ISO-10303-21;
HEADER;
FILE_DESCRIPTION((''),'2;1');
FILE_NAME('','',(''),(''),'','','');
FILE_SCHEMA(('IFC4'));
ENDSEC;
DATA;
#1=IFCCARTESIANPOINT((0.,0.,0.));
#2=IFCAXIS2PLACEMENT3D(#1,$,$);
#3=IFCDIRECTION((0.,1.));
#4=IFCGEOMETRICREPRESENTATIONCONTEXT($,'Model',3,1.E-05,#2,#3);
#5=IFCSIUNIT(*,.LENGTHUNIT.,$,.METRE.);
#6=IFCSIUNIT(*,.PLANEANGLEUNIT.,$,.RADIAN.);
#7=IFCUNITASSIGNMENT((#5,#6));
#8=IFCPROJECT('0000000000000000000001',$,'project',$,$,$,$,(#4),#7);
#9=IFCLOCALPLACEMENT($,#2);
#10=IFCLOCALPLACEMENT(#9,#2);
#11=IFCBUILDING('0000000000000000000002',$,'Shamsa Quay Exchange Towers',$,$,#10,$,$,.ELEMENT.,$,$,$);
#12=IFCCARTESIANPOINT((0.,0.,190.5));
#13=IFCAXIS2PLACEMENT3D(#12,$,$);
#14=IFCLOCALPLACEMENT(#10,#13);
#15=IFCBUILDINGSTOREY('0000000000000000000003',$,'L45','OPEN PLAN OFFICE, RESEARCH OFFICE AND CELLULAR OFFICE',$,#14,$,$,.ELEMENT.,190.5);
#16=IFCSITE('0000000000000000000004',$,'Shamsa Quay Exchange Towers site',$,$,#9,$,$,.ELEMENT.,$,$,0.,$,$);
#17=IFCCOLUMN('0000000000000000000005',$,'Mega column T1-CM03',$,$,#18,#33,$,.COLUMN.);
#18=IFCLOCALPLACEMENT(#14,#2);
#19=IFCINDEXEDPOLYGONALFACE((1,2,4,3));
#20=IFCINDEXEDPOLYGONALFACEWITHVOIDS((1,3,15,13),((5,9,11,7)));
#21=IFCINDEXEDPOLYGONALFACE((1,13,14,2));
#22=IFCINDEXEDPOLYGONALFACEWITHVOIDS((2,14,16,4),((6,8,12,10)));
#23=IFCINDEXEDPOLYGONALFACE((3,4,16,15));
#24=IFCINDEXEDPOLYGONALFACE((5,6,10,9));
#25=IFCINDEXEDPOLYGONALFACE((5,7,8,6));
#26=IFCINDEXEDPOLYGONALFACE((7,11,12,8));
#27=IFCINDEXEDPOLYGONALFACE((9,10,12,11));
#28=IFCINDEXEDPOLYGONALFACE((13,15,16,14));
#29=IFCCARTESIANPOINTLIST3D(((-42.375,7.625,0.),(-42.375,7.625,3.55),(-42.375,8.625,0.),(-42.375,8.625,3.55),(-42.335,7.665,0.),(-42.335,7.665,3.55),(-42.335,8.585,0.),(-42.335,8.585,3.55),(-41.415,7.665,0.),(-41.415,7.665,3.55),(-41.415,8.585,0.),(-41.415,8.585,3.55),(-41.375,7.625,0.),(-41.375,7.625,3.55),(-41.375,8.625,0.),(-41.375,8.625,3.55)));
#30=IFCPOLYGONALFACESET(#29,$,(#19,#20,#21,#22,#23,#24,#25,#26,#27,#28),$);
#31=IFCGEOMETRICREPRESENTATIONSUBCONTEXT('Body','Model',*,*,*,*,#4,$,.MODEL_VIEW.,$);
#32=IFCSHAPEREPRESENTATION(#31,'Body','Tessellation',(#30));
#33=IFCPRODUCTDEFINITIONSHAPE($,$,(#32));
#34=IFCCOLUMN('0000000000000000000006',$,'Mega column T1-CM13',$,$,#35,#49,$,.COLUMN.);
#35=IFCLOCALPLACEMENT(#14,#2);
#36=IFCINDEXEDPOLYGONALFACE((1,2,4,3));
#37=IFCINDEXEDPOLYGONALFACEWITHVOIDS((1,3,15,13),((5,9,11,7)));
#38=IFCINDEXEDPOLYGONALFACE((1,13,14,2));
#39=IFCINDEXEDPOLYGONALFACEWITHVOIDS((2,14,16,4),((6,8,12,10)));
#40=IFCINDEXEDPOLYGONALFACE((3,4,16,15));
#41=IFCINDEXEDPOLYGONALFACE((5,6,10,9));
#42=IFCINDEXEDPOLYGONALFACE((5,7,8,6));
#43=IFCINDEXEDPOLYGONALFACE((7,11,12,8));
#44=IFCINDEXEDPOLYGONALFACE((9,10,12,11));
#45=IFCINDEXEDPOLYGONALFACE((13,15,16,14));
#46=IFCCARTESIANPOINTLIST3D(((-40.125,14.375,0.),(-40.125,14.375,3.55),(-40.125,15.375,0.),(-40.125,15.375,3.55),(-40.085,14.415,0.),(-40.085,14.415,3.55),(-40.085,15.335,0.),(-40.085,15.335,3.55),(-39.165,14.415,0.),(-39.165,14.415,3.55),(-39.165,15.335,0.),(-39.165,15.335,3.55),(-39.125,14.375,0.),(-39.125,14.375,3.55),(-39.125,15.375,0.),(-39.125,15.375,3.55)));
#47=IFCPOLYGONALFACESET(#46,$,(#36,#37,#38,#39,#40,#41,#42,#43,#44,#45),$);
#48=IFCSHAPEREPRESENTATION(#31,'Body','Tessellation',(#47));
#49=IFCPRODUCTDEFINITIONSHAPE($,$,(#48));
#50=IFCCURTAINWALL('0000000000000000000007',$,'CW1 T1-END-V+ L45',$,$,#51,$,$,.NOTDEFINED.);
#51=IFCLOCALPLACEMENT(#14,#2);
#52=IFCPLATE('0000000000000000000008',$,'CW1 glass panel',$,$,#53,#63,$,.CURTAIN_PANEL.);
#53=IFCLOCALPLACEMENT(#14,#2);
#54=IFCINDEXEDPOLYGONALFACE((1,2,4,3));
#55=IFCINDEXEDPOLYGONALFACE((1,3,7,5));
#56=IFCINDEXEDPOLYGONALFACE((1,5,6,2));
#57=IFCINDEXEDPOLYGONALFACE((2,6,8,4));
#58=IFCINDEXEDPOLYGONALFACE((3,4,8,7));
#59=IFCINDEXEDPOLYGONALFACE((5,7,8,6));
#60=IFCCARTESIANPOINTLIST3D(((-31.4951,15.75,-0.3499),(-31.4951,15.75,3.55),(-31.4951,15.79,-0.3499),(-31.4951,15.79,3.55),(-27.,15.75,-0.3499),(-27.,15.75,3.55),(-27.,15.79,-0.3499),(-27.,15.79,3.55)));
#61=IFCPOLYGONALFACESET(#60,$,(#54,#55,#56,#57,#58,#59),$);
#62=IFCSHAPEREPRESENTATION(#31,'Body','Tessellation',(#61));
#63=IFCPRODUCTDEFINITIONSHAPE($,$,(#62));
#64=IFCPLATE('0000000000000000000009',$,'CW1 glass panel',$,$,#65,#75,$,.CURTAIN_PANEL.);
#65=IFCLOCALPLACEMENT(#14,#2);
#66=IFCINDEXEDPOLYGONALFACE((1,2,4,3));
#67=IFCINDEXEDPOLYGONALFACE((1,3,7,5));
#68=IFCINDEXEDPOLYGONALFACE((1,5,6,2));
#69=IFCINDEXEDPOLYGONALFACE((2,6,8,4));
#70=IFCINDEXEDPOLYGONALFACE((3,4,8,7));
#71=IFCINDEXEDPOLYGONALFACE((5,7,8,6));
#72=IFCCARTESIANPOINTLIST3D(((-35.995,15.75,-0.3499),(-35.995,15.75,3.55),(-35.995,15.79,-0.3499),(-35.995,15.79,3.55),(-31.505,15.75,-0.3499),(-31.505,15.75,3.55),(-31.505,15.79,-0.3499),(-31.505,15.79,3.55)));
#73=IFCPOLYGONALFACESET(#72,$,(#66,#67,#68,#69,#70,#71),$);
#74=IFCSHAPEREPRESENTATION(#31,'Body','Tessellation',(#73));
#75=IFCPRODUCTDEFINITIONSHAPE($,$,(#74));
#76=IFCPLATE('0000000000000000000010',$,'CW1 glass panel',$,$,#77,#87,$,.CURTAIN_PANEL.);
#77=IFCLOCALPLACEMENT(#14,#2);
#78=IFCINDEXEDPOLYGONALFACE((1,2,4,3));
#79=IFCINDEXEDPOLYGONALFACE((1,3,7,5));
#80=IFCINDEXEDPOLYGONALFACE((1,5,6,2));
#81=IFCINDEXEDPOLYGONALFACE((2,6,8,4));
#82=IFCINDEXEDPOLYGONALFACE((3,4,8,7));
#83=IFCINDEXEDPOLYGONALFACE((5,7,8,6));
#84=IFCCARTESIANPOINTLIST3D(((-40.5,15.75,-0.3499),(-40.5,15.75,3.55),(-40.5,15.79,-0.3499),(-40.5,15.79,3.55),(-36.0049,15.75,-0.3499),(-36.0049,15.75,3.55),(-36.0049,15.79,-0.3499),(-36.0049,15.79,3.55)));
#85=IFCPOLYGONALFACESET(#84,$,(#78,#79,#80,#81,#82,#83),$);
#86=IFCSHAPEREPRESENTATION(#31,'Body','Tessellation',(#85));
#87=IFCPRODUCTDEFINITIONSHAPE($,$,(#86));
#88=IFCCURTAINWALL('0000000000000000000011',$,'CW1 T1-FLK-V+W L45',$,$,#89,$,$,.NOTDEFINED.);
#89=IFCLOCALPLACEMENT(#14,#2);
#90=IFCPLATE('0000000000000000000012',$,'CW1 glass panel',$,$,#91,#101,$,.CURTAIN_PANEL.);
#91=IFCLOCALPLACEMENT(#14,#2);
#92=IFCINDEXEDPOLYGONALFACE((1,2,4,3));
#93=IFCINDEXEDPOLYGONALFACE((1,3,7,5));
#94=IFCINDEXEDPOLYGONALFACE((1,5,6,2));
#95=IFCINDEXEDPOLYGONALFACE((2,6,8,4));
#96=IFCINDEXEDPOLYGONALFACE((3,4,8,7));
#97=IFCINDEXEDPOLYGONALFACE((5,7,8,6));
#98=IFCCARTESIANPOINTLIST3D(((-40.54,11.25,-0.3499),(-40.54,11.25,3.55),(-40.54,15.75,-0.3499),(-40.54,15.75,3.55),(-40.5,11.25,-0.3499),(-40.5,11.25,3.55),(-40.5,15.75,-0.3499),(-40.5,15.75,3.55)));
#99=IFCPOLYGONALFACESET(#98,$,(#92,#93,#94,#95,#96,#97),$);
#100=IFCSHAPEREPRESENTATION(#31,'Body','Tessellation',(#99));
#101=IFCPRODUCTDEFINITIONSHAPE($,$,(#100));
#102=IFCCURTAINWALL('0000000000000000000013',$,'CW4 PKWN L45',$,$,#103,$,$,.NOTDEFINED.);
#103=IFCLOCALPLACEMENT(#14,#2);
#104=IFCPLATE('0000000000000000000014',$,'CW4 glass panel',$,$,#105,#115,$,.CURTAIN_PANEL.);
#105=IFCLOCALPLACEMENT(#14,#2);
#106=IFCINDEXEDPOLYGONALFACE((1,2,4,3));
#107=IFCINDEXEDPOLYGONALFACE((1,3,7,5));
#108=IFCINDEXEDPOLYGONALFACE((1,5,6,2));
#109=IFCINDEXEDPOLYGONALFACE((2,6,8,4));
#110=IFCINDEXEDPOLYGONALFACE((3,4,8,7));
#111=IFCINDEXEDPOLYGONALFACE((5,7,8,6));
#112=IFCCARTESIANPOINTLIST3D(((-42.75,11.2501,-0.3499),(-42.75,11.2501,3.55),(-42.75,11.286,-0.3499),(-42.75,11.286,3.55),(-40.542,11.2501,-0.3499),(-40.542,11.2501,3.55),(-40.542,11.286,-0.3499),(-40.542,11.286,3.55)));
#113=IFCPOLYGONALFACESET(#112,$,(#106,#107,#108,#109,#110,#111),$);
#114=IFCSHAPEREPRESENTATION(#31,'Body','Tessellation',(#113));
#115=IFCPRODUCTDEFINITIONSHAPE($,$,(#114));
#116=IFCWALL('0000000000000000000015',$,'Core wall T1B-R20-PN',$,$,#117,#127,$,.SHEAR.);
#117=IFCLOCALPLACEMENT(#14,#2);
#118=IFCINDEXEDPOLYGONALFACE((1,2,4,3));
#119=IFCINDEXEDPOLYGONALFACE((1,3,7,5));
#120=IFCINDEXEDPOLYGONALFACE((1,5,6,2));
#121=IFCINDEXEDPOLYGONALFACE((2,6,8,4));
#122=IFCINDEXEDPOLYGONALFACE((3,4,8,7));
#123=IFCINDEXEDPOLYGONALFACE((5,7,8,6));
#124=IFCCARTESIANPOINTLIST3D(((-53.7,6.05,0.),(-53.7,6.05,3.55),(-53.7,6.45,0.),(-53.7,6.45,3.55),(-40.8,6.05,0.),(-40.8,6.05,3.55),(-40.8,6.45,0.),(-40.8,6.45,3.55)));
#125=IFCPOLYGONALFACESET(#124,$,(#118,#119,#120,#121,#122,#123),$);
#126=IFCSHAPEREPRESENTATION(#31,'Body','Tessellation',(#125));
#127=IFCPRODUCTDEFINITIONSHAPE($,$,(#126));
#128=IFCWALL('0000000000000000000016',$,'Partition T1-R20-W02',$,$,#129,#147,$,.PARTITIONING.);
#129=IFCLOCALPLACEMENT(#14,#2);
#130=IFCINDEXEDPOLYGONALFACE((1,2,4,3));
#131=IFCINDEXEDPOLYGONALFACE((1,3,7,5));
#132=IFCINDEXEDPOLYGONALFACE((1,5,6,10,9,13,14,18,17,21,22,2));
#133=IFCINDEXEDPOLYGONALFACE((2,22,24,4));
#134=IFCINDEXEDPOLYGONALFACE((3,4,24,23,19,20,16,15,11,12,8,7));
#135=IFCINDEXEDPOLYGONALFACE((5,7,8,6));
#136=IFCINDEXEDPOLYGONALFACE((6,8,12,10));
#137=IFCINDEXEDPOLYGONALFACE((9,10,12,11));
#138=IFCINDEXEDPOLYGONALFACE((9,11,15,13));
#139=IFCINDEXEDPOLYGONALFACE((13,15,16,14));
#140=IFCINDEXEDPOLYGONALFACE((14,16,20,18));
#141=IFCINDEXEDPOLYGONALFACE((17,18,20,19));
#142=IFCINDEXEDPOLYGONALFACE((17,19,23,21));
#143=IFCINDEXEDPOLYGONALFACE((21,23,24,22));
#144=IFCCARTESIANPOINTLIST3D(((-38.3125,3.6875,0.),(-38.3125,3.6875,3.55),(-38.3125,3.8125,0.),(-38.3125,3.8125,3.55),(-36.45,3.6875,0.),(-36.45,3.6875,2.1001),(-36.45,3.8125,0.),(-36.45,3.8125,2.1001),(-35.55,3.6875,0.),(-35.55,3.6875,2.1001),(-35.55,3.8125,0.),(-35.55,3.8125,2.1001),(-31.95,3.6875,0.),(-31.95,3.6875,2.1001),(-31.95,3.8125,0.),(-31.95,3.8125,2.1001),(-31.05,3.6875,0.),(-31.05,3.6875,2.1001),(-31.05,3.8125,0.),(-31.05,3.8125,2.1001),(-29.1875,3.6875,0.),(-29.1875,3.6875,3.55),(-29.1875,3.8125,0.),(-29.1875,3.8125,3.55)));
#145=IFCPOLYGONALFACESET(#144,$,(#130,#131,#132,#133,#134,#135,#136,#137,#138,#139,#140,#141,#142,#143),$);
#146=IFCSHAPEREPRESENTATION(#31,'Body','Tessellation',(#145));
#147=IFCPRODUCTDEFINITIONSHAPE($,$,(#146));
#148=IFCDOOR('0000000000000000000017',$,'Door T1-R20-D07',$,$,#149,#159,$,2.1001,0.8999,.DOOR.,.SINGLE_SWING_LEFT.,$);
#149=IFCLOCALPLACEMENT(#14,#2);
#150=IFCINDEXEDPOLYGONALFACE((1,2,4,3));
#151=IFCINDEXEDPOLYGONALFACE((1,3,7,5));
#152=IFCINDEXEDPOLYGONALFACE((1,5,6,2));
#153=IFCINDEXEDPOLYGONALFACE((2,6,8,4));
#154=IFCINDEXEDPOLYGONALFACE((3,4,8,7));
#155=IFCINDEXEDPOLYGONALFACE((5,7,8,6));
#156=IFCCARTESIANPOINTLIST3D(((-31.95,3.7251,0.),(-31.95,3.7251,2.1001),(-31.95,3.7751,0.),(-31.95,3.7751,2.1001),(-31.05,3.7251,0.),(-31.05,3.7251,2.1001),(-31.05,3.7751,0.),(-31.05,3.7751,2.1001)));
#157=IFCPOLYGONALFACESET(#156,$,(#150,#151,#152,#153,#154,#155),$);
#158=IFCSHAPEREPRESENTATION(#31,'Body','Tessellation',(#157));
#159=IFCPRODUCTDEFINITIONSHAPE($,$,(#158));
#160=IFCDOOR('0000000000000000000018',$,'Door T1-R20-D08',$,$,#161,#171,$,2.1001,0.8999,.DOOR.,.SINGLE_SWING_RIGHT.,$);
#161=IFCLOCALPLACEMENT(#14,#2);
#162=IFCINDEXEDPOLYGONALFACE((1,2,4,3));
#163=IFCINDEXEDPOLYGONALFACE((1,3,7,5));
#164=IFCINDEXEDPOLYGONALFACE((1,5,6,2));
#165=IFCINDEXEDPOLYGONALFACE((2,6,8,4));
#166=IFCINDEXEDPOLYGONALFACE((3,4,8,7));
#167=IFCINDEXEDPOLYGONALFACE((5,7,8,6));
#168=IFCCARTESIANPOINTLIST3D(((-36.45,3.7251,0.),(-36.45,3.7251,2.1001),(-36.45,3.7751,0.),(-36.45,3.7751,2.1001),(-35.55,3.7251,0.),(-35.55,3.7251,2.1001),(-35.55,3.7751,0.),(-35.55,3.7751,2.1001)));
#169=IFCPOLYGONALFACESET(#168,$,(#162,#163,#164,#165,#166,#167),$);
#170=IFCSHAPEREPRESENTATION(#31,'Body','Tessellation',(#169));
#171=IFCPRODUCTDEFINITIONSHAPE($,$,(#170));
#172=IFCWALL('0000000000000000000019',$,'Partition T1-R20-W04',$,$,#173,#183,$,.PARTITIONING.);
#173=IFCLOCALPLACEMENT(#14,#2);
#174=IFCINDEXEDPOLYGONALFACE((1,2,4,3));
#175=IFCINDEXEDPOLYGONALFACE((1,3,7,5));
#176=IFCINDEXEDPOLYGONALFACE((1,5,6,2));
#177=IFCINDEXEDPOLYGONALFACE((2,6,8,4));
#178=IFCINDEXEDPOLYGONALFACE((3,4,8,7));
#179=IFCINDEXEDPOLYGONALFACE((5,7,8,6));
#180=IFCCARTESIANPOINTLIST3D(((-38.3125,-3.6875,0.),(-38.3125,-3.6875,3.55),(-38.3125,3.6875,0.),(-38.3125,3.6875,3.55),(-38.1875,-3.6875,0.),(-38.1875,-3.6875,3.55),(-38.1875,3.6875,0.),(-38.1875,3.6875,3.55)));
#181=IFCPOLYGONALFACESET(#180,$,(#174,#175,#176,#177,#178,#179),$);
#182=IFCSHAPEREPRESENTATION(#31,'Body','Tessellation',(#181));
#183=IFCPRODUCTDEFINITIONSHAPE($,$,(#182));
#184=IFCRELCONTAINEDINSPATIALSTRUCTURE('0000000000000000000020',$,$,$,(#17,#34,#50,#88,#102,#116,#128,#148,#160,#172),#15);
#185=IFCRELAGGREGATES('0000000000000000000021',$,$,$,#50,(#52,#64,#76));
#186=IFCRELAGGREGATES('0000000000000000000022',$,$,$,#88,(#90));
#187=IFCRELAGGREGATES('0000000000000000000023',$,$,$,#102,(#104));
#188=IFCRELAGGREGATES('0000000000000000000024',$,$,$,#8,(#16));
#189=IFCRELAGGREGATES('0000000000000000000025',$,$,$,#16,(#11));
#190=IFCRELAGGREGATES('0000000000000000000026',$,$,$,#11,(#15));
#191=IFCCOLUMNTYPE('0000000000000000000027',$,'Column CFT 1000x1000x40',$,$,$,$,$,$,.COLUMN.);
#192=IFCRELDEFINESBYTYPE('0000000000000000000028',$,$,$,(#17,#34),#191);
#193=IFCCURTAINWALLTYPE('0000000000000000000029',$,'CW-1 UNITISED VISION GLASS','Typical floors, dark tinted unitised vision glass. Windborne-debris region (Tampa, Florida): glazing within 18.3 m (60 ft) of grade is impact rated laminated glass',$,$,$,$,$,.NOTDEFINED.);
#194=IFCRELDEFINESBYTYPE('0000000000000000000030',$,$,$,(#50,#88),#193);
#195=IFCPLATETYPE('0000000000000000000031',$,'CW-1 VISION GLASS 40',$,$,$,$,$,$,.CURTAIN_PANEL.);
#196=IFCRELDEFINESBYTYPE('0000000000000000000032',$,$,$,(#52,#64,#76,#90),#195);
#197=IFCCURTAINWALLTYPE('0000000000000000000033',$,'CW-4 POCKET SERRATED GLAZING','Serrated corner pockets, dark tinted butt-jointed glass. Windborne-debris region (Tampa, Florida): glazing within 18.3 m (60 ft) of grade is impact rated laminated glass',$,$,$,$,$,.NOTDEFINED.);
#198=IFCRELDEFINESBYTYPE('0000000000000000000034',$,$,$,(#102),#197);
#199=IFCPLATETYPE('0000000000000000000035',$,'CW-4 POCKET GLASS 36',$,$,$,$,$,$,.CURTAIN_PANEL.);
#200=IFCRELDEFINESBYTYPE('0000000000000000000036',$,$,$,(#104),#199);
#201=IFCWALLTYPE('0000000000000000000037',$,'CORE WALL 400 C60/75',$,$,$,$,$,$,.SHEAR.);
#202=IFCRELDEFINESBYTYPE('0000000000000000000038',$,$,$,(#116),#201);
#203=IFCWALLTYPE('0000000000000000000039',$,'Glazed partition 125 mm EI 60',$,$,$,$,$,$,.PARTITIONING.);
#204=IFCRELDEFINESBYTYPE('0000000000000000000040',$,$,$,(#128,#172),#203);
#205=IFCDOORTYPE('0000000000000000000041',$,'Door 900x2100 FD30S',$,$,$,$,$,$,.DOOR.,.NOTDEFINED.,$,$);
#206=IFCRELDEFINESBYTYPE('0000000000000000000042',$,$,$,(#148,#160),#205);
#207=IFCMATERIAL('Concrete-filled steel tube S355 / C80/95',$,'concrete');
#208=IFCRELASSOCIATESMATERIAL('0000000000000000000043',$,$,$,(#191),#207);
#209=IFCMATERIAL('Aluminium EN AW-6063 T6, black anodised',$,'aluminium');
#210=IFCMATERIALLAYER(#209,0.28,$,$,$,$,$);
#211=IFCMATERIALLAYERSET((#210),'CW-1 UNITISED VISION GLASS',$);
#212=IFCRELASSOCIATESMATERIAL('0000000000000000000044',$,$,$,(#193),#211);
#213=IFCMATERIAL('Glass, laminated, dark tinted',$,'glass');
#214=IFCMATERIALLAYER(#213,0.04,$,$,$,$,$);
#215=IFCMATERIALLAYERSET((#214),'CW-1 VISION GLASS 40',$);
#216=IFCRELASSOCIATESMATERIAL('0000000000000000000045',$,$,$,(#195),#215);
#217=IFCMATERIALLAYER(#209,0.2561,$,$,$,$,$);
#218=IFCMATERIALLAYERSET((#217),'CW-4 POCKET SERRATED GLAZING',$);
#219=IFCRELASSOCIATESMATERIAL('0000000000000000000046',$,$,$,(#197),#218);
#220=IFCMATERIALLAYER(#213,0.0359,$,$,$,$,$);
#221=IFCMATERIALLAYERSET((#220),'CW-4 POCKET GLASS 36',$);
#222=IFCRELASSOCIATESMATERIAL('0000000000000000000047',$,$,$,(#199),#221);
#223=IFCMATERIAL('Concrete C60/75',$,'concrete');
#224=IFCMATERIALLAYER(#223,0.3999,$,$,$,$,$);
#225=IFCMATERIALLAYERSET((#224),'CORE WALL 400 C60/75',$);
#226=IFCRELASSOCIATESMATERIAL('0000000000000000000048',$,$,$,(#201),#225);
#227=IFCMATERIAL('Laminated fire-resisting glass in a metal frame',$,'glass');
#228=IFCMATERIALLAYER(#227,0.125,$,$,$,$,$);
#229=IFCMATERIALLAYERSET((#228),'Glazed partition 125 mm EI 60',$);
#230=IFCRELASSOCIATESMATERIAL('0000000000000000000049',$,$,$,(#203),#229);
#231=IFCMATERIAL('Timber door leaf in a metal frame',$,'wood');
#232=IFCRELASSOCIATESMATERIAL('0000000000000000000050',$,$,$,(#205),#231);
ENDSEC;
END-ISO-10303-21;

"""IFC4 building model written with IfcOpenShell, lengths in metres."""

from ifc_helpers import new_model, si_unit, direction, frame, frame_2d, origin, origin_2d, place, context, subcontext, project, spatial, rectangle, hollow_rectangle, extrude, material, layer, layer_set, material_profile, profile_set, type_object, element, fill, aggregate, save


model = new_model("IFC4")

# Units and contexts
model_context = context("Model", 3, precision=1e-05, world=origin(), true_north=direction((0.0, 1.0)))
body_context = subcontext(model_context, "Body", "Model", "MODEL_VIEW")
ifc_project = project(units=[si_unit("LENGTHUNIT", "METRE"), si_unit("PLANEANGLEUNIT", "RADIAN")], contexts=[model_context])

# Site, building, storey
site_placement = place(None, origin())
site = spatial("IfcSite", under=ifc_project, at=site_placement, Name="Shamsa Quay Exchange Towers site", CompositionType="ELEMENT", RefElevation=0.0)
building_placement = place(site_placement, origin())
building = spatial("IfcBuilding", under=site, at=building_placement, Name="Shamsa Quay Exchange Towers", CompositionType="ELEMENT")
storey_placement = place(building_placement, frame((0.0, 0.0, 190.5)))
storey = spatial("IfcBuildingStorey", under=building, at=storey_placement, Name="L45", Description="OPEN PLAN OFFICE, RESEARCH OFFICE AND CELLULAR OFFICE", CompositionType="ELEMENT", Elevation=190.5)

# Columns
ifc_material_1 = material(Name="Concrete-filled steel tube S355 / C80/95", Category="concrete")
ifc_material_profile = material_profile(ifc_material_1, hollow_rectangle(XDim=1.0, YDim=1.0, WallThickness=0.04, at=origin_2d()), Name="CFT 1000x1000x40")
ifc_profile_set = profile_set([ifc_material_profile], Name="Concrete-filled steel tube S355 / C80/95")
column_type = type_object("IfcColumnType", Name="Column CFT 1000x1000x40", PredefinedType="COLUMN", material=ifc_profile_set)
for number, where, name in (
    (1, (-41.875, 8.125, 0.0), "Mega column T1-CM03"),
    (2, (-39.625, 14.875, 0.0), "Mega column T1-CM13"),
):
    element("IfcColumn", number, at=place(storey_placement, frame(where)), inside=storey, type_object=column_type, Name=name, PredefinedType="COLUMN", context=body_context, shape_type="SweptSolid", body=[
        extrude(hollow_rectangle(XDim=1.0, YDim=1.0, WallThickness=0.04, at=origin_2d()), origin(), (0.0, 0.0, 1.0), 3.55),
    ])

# Curtain wall, plates
ifc_material_2 = material(Name="Aluminium EN AW-6063 T6, black anodised", Category="aluminium")
ifc_layer_1 = layer(ifc_material_2, 0.28)
ifc_layer_set_1 = layer_set([ifc_layer_1], Name="CW-1 UNITISED VISION GLASS")
curtain_wall_type_1 = type_object("IfcCurtainWallType", Name="CW-1 UNITISED VISION GLASS", Description="Typical floors, dark tinted unitised vision glass. Windborne-debris region (Tampa, Florida): glazing within 18.3 m (60 ft) of grade is impact rated laminated glass", PredefinedType="NOTDEFINED", material=ifc_layer_set_1)
curtain_wall_1_placement = place(storey_placement, origin())
curtain_wall_1 = element("IfcCurtainWall", 3, at=curtain_wall_1_placement, inside=storey, type_object=curtain_wall_type_1, Name="CW1 T1-END-V+ L45", PredefinedType="NOTDEFINED")
ifc_material_3 = material(Name="Glass, laminated, dark tinted", Category="glass")
ifc_layer_2 = layer(ifc_material_3, 0.04)
ifc_layer_set_2 = layer_set([ifc_layer_2], Name="CW-1 VISION GLASS 40")
plate_type_1 = type_object("IfcPlateType", Name="CW-1 VISION GLASS 40", PredefinedType="CURTAIN_PANEL", material=ifc_layer_set_2)
plate_1_placement = place(storey_placement, frame((-29.2476, 15.77, -0.3499), z_axis=(0.0, 0.0, 1.0), x_axis=(-1.0, 0.0, 0.0)))
plate_1 = element("IfcPlate", 4, at=plate_1_placement, type_object=plate_type_1, Name="CW1 glass panel", PredefinedType="CURTAIN_PANEL", context=body_context, shape_type="SweptSolid", body=[
    extrude(rectangle(XDim=4.4951, YDim=0.04, at=origin_2d()), origin(), (0.0, 0.0, 1.0), 3.8999),
])
plate_2_placement = place(storey_placement, frame((-33.75, 15.77, -0.3499), z_axis=(0.0, 0.0, 1.0), x_axis=(-1.0, 0.0, 0.0)))
plate_2 = element("IfcPlate", 5, at=plate_2_placement, type_object=plate_type_1, Name="CW1 glass panel", PredefinedType="CURTAIN_PANEL", context=body_context, shape_type="SweptSolid", body=[
    extrude(rectangle(XDim=4.49, YDim=0.04, at=origin_2d()), origin(), (0.0, 0.0, 1.0), 3.8999),
])
plate_3_placement = place(storey_placement, frame((-38.2524, 15.77, -0.3499), z_axis=(0.0, 0.0, 1.0), x_axis=(-1.0, 0.0, 0.0)))
plate_3 = element("IfcPlate", 6, at=plate_3_placement, type_object=plate_type_1, Name="CW1 glass panel", PredefinedType="CURTAIN_PANEL", context=body_context, shape_type="SweptSolid", body=[
    extrude(rectangle(XDim=4.4951, YDim=0.04, at=origin_2d()), origin(), (0.0, 0.0, 1.0), 3.8999),
])
aggregate(curtain_wall_1, [plate_1, plate_2, plate_3])

# Curtain walls, plates
curtain_wall_2_placement = place(storey_placement, origin())
curtain_wall_2 = element("IfcCurtainWall", 7, at=curtain_wall_2_placement, inside=storey, type_object=curtain_wall_type_1, Name="CW1 T1-FLK-V+W L45", PredefinedType="NOTDEFINED")
plate_4_placement = place(storey_placement, frame((-40.52, 13.5, -0.3499), z_axis=(0.0, 0.0, 1.0), x_axis=(0.0, -1.0, 0.0)))
plate_4 = element("IfcPlate", 8, at=plate_4_placement, type_object=plate_type_1, Name="CW1 glass panel", PredefinedType="CURTAIN_PANEL", context=body_context, shape_type="SweptSolid", body=[
    extrude(rectangle(XDim=4.5, YDim=0.04, at=origin_2d()), origin(), (0.0, 0.0, 1.0), 3.8999),
])
aggregate(curtain_wall_2, [plate_4])
ifc_layer_3 = layer(ifc_material_2, 0.2561)
ifc_layer_set_3 = layer_set([ifc_layer_3], Name="CW-4 POCKET SERRATED GLAZING")
curtain_wall_type_2 = type_object("IfcCurtainWallType", Name="CW-4 POCKET SERRATED GLAZING", Description="Serrated corner pockets, dark tinted butt-jointed glass. Windborne-debris region (Tampa, Florida): glazing within 18.3 m (60 ft) of grade is impact rated laminated glass", PredefinedType="NOTDEFINED", material=ifc_layer_set_3)
curtain_wall_3_placement = place(storey_placement, origin())
curtain_wall_3 = element("IfcCurtainWall", 9, at=curtain_wall_3_placement, inside=storey, type_object=curtain_wall_type_2, Name="CW4 PKWN L45", PredefinedType="NOTDEFINED")
ifc_layer_4 = layer(ifc_material_3, 0.0359)
ifc_layer_set_4 = layer_set([ifc_layer_4], Name="CW-4 POCKET GLASS 36")
plate_type_2 = type_object("IfcPlateType", Name="CW-4 POCKET GLASS 36", PredefinedType="CURTAIN_PANEL", material=ifc_layer_set_4)
plate_5_placement = place(storey_placement, frame((-41.646, 11.2681, -0.3499), z_axis=(0.0, 0.0, 1.0), x_axis=(-1.0, 0.0, 0.0)))
plate_5 = element("IfcPlate", 10, at=plate_5_placement, type_object=plate_type_2, Name="CW4 glass panel", PredefinedType="CURTAIN_PANEL", context=body_context, shape_type="SweptSolid", body=[
    extrude(rectangle(XDim=2.208, YDim=0.0359, at=origin_2d()), origin(), (0.0, 0.0, 1.0), 3.8999),
])
aggregate(curtain_wall_3, [plate_5])

# Wall
ifc_material_4 = material(Name="Concrete C60/75", Category="concrete")
ifc_layer_5 = layer(ifc_material_4, 0.3999)
ifc_layer_set_5 = layer_set([ifc_layer_5], Name="CORE WALL 400 C60/75")
wall_type_1 = type_object("IfcWallType", Name="CORE WALL 400 C60/75", PredefinedType="SHEAR", material=ifc_layer_set_5)
wall_1_placement = place(storey_placement, frame((-40.8, 6.25, 0.0), z_axis=(0.0, 0.0, 1.0), x_axis=(-1.0, 0.0, 0.0)))
element("IfcWall", 11, at=wall_1_placement, inside=storey, type_object=wall_type_1, Name="Core wall T1B-R20-PN", PredefinedType="SHEAR", context=body_context, shape_type="SweptSolid", body=[
    extrude(rectangle(XDim=12.8999, YDim=0.3999, at=frame_2d((6.45, 0.0))), origin(), (0.0, 0.0, 1.0), 3.55),
])

# Wall, openings, doors
ifc_material_5 = material(Name="Laminated fire-resisting glass in a metal frame", Category="glass")
ifc_layer_6 = layer(ifc_material_5, 0.125)
ifc_layer_set_6 = layer_set([ifc_layer_6], Name="Glazed partition 125 mm EI 60")
wall_type_2 = type_object("IfcWallType", Name="Glazed partition 125 mm EI 60", PredefinedType="PARTITIONING", material=ifc_layer_set_6)
wall_2_placement = place(storey_placement, frame((-29.1875, 3.75, 0.0), z_axis=(0.0, 0.0, 1.0), x_axis=(-1.0, 0.0, 0.0)))
wall_2 = element("IfcWall", 12, at=wall_2_placement, inside=storey, type_object=wall_type_2, Name="Partition T1-R20-W02", PredefinedType="PARTITIONING", context=body_context, shape_type="SweptSolid", body=[
    extrude(rectangle(XDim=9.125, YDim=0.125, at=frame_2d((4.5625, 0.0))), origin(), (0.0, 0.0, 1.0), 3.55),
])
opening_1_placement = place(wall_2_placement, frame((1.8625, 0.0, 0.0)))
opening_1 = element("IfcOpeningElement", 13, at=opening_1_placement, cuts=wall_2, PredefinedType="OPENING", context=body_context, shape_type="SweptSolid", body=[
    extrude(rectangle(XDim=0.8999, YDim=2.1001, at=frame_2d((0.45, 1.05))), frame((0.0, 0.0725, 0.0), z_axis=(0.0, -1.0, 0.0), x_axis=(1.0, 0.0, 0.0)), (0.0, 0.0, 1.0), 0.145),
])
opening_2_placement = place(wall_2_placement, frame((6.3625, 0.0, 0.0)))
opening_2 = element("IfcOpeningElement", 14, at=opening_2_placement, cuts=wall_2, PredefinedType="OPENING", context=body_context, shape_type="SweptSolid", body=[
    extrude(rectangle(XDim=0.8999, YDim=2.1001, at=frame_2d((0.45, 1.05))), frame((0.0, 0.0725, 0.0), z_axis=(0.0, -1.0, 0.0), x_axis=(1.0, 0.0, 0.0)), (0.0, 0.0, 1.0), 0.145),
])
ifc_material_6 = material(Name="Timber door leaf in a metal frame", Category="wood")
door_type_1 = type_object("IfcDoorType", Name="Door 900x2100 FD30S", OperationType="NOTDEFINED", PredefinedType="DOOR", material=ifc_material_6)
door_1_placement = place(opening_1_placement, origin())
door_1 = element("IfcDoor", 15, at=door_1_placement, inside=storey, type_object=door_type_1, Name="Door T1-R20-D07", OperationType="SINGLE_SWING_LEFT", OverallHeight=2.1001, OverallWidth=0.8999, PredefinedType="DOOR", context=body_context, shape_type="SweptSolid", body=[
    extrude(rectangle(XDim=0.8999, YDim=2.1001, at=frame_2d((0.45, 1.05))), frame((0.0, 0.0249, 0.0), z_axis=(0.0, -1.0, 0.0), x_axis=(1.0, 0.0, 0.0)), (0.0, 0.0, 1.0), 0.05),
])
fill(opening_1, door_1)
door_2_placement = place(opening_2_placement, origin())
door_2 = element("IfcDoor", 16, at=door_2_placement, inside=storey, type_object=door_type_1, Name="Door T1-R20-D08", OperationType="SINGLE_SWING_RIGHT", OverallHeight=2.1001, OverallWidth=0.8999, PredefinedType="DOOR", context=body_context, shape_type="SweptSolid", body=[
    extrude(rectangle(XDim=0.8999, YDim=2.1001, at=frame_2d((0.45, 1.05))), frame((0.0, 0.0249, 0.0), z_axis=(0.0, -1.0, 0.0), x_axis=(1.0, 0.0, 0.0)), (0.0, 0.0, 1.0), 0.05),
])
fill(opening_2, door_2)

# Wall
wall_3_placement = place(storey_placement, frame((-38.25, 3.6875, 0.0), z_axis=(0.0, 0.0, 1.0), x_axis=(0.0, -1.0, 0.0)))
element("IfcWall", 17, at=wall_3_placement, inside=storey, type_object=wall_type_2, Name="Partition T1-R20-W04", PredefinedType="PARTITIONING", context=body_context, shape_type="SweptSolid", body=[
    extrude(rectangle(XDim=7.375, YDim=0.125, at=frame_2d((3.6875, 0.0))), origin(), (0.0, 0.0, 1.0), 3.55),
])

save(model, "model.ifc")
